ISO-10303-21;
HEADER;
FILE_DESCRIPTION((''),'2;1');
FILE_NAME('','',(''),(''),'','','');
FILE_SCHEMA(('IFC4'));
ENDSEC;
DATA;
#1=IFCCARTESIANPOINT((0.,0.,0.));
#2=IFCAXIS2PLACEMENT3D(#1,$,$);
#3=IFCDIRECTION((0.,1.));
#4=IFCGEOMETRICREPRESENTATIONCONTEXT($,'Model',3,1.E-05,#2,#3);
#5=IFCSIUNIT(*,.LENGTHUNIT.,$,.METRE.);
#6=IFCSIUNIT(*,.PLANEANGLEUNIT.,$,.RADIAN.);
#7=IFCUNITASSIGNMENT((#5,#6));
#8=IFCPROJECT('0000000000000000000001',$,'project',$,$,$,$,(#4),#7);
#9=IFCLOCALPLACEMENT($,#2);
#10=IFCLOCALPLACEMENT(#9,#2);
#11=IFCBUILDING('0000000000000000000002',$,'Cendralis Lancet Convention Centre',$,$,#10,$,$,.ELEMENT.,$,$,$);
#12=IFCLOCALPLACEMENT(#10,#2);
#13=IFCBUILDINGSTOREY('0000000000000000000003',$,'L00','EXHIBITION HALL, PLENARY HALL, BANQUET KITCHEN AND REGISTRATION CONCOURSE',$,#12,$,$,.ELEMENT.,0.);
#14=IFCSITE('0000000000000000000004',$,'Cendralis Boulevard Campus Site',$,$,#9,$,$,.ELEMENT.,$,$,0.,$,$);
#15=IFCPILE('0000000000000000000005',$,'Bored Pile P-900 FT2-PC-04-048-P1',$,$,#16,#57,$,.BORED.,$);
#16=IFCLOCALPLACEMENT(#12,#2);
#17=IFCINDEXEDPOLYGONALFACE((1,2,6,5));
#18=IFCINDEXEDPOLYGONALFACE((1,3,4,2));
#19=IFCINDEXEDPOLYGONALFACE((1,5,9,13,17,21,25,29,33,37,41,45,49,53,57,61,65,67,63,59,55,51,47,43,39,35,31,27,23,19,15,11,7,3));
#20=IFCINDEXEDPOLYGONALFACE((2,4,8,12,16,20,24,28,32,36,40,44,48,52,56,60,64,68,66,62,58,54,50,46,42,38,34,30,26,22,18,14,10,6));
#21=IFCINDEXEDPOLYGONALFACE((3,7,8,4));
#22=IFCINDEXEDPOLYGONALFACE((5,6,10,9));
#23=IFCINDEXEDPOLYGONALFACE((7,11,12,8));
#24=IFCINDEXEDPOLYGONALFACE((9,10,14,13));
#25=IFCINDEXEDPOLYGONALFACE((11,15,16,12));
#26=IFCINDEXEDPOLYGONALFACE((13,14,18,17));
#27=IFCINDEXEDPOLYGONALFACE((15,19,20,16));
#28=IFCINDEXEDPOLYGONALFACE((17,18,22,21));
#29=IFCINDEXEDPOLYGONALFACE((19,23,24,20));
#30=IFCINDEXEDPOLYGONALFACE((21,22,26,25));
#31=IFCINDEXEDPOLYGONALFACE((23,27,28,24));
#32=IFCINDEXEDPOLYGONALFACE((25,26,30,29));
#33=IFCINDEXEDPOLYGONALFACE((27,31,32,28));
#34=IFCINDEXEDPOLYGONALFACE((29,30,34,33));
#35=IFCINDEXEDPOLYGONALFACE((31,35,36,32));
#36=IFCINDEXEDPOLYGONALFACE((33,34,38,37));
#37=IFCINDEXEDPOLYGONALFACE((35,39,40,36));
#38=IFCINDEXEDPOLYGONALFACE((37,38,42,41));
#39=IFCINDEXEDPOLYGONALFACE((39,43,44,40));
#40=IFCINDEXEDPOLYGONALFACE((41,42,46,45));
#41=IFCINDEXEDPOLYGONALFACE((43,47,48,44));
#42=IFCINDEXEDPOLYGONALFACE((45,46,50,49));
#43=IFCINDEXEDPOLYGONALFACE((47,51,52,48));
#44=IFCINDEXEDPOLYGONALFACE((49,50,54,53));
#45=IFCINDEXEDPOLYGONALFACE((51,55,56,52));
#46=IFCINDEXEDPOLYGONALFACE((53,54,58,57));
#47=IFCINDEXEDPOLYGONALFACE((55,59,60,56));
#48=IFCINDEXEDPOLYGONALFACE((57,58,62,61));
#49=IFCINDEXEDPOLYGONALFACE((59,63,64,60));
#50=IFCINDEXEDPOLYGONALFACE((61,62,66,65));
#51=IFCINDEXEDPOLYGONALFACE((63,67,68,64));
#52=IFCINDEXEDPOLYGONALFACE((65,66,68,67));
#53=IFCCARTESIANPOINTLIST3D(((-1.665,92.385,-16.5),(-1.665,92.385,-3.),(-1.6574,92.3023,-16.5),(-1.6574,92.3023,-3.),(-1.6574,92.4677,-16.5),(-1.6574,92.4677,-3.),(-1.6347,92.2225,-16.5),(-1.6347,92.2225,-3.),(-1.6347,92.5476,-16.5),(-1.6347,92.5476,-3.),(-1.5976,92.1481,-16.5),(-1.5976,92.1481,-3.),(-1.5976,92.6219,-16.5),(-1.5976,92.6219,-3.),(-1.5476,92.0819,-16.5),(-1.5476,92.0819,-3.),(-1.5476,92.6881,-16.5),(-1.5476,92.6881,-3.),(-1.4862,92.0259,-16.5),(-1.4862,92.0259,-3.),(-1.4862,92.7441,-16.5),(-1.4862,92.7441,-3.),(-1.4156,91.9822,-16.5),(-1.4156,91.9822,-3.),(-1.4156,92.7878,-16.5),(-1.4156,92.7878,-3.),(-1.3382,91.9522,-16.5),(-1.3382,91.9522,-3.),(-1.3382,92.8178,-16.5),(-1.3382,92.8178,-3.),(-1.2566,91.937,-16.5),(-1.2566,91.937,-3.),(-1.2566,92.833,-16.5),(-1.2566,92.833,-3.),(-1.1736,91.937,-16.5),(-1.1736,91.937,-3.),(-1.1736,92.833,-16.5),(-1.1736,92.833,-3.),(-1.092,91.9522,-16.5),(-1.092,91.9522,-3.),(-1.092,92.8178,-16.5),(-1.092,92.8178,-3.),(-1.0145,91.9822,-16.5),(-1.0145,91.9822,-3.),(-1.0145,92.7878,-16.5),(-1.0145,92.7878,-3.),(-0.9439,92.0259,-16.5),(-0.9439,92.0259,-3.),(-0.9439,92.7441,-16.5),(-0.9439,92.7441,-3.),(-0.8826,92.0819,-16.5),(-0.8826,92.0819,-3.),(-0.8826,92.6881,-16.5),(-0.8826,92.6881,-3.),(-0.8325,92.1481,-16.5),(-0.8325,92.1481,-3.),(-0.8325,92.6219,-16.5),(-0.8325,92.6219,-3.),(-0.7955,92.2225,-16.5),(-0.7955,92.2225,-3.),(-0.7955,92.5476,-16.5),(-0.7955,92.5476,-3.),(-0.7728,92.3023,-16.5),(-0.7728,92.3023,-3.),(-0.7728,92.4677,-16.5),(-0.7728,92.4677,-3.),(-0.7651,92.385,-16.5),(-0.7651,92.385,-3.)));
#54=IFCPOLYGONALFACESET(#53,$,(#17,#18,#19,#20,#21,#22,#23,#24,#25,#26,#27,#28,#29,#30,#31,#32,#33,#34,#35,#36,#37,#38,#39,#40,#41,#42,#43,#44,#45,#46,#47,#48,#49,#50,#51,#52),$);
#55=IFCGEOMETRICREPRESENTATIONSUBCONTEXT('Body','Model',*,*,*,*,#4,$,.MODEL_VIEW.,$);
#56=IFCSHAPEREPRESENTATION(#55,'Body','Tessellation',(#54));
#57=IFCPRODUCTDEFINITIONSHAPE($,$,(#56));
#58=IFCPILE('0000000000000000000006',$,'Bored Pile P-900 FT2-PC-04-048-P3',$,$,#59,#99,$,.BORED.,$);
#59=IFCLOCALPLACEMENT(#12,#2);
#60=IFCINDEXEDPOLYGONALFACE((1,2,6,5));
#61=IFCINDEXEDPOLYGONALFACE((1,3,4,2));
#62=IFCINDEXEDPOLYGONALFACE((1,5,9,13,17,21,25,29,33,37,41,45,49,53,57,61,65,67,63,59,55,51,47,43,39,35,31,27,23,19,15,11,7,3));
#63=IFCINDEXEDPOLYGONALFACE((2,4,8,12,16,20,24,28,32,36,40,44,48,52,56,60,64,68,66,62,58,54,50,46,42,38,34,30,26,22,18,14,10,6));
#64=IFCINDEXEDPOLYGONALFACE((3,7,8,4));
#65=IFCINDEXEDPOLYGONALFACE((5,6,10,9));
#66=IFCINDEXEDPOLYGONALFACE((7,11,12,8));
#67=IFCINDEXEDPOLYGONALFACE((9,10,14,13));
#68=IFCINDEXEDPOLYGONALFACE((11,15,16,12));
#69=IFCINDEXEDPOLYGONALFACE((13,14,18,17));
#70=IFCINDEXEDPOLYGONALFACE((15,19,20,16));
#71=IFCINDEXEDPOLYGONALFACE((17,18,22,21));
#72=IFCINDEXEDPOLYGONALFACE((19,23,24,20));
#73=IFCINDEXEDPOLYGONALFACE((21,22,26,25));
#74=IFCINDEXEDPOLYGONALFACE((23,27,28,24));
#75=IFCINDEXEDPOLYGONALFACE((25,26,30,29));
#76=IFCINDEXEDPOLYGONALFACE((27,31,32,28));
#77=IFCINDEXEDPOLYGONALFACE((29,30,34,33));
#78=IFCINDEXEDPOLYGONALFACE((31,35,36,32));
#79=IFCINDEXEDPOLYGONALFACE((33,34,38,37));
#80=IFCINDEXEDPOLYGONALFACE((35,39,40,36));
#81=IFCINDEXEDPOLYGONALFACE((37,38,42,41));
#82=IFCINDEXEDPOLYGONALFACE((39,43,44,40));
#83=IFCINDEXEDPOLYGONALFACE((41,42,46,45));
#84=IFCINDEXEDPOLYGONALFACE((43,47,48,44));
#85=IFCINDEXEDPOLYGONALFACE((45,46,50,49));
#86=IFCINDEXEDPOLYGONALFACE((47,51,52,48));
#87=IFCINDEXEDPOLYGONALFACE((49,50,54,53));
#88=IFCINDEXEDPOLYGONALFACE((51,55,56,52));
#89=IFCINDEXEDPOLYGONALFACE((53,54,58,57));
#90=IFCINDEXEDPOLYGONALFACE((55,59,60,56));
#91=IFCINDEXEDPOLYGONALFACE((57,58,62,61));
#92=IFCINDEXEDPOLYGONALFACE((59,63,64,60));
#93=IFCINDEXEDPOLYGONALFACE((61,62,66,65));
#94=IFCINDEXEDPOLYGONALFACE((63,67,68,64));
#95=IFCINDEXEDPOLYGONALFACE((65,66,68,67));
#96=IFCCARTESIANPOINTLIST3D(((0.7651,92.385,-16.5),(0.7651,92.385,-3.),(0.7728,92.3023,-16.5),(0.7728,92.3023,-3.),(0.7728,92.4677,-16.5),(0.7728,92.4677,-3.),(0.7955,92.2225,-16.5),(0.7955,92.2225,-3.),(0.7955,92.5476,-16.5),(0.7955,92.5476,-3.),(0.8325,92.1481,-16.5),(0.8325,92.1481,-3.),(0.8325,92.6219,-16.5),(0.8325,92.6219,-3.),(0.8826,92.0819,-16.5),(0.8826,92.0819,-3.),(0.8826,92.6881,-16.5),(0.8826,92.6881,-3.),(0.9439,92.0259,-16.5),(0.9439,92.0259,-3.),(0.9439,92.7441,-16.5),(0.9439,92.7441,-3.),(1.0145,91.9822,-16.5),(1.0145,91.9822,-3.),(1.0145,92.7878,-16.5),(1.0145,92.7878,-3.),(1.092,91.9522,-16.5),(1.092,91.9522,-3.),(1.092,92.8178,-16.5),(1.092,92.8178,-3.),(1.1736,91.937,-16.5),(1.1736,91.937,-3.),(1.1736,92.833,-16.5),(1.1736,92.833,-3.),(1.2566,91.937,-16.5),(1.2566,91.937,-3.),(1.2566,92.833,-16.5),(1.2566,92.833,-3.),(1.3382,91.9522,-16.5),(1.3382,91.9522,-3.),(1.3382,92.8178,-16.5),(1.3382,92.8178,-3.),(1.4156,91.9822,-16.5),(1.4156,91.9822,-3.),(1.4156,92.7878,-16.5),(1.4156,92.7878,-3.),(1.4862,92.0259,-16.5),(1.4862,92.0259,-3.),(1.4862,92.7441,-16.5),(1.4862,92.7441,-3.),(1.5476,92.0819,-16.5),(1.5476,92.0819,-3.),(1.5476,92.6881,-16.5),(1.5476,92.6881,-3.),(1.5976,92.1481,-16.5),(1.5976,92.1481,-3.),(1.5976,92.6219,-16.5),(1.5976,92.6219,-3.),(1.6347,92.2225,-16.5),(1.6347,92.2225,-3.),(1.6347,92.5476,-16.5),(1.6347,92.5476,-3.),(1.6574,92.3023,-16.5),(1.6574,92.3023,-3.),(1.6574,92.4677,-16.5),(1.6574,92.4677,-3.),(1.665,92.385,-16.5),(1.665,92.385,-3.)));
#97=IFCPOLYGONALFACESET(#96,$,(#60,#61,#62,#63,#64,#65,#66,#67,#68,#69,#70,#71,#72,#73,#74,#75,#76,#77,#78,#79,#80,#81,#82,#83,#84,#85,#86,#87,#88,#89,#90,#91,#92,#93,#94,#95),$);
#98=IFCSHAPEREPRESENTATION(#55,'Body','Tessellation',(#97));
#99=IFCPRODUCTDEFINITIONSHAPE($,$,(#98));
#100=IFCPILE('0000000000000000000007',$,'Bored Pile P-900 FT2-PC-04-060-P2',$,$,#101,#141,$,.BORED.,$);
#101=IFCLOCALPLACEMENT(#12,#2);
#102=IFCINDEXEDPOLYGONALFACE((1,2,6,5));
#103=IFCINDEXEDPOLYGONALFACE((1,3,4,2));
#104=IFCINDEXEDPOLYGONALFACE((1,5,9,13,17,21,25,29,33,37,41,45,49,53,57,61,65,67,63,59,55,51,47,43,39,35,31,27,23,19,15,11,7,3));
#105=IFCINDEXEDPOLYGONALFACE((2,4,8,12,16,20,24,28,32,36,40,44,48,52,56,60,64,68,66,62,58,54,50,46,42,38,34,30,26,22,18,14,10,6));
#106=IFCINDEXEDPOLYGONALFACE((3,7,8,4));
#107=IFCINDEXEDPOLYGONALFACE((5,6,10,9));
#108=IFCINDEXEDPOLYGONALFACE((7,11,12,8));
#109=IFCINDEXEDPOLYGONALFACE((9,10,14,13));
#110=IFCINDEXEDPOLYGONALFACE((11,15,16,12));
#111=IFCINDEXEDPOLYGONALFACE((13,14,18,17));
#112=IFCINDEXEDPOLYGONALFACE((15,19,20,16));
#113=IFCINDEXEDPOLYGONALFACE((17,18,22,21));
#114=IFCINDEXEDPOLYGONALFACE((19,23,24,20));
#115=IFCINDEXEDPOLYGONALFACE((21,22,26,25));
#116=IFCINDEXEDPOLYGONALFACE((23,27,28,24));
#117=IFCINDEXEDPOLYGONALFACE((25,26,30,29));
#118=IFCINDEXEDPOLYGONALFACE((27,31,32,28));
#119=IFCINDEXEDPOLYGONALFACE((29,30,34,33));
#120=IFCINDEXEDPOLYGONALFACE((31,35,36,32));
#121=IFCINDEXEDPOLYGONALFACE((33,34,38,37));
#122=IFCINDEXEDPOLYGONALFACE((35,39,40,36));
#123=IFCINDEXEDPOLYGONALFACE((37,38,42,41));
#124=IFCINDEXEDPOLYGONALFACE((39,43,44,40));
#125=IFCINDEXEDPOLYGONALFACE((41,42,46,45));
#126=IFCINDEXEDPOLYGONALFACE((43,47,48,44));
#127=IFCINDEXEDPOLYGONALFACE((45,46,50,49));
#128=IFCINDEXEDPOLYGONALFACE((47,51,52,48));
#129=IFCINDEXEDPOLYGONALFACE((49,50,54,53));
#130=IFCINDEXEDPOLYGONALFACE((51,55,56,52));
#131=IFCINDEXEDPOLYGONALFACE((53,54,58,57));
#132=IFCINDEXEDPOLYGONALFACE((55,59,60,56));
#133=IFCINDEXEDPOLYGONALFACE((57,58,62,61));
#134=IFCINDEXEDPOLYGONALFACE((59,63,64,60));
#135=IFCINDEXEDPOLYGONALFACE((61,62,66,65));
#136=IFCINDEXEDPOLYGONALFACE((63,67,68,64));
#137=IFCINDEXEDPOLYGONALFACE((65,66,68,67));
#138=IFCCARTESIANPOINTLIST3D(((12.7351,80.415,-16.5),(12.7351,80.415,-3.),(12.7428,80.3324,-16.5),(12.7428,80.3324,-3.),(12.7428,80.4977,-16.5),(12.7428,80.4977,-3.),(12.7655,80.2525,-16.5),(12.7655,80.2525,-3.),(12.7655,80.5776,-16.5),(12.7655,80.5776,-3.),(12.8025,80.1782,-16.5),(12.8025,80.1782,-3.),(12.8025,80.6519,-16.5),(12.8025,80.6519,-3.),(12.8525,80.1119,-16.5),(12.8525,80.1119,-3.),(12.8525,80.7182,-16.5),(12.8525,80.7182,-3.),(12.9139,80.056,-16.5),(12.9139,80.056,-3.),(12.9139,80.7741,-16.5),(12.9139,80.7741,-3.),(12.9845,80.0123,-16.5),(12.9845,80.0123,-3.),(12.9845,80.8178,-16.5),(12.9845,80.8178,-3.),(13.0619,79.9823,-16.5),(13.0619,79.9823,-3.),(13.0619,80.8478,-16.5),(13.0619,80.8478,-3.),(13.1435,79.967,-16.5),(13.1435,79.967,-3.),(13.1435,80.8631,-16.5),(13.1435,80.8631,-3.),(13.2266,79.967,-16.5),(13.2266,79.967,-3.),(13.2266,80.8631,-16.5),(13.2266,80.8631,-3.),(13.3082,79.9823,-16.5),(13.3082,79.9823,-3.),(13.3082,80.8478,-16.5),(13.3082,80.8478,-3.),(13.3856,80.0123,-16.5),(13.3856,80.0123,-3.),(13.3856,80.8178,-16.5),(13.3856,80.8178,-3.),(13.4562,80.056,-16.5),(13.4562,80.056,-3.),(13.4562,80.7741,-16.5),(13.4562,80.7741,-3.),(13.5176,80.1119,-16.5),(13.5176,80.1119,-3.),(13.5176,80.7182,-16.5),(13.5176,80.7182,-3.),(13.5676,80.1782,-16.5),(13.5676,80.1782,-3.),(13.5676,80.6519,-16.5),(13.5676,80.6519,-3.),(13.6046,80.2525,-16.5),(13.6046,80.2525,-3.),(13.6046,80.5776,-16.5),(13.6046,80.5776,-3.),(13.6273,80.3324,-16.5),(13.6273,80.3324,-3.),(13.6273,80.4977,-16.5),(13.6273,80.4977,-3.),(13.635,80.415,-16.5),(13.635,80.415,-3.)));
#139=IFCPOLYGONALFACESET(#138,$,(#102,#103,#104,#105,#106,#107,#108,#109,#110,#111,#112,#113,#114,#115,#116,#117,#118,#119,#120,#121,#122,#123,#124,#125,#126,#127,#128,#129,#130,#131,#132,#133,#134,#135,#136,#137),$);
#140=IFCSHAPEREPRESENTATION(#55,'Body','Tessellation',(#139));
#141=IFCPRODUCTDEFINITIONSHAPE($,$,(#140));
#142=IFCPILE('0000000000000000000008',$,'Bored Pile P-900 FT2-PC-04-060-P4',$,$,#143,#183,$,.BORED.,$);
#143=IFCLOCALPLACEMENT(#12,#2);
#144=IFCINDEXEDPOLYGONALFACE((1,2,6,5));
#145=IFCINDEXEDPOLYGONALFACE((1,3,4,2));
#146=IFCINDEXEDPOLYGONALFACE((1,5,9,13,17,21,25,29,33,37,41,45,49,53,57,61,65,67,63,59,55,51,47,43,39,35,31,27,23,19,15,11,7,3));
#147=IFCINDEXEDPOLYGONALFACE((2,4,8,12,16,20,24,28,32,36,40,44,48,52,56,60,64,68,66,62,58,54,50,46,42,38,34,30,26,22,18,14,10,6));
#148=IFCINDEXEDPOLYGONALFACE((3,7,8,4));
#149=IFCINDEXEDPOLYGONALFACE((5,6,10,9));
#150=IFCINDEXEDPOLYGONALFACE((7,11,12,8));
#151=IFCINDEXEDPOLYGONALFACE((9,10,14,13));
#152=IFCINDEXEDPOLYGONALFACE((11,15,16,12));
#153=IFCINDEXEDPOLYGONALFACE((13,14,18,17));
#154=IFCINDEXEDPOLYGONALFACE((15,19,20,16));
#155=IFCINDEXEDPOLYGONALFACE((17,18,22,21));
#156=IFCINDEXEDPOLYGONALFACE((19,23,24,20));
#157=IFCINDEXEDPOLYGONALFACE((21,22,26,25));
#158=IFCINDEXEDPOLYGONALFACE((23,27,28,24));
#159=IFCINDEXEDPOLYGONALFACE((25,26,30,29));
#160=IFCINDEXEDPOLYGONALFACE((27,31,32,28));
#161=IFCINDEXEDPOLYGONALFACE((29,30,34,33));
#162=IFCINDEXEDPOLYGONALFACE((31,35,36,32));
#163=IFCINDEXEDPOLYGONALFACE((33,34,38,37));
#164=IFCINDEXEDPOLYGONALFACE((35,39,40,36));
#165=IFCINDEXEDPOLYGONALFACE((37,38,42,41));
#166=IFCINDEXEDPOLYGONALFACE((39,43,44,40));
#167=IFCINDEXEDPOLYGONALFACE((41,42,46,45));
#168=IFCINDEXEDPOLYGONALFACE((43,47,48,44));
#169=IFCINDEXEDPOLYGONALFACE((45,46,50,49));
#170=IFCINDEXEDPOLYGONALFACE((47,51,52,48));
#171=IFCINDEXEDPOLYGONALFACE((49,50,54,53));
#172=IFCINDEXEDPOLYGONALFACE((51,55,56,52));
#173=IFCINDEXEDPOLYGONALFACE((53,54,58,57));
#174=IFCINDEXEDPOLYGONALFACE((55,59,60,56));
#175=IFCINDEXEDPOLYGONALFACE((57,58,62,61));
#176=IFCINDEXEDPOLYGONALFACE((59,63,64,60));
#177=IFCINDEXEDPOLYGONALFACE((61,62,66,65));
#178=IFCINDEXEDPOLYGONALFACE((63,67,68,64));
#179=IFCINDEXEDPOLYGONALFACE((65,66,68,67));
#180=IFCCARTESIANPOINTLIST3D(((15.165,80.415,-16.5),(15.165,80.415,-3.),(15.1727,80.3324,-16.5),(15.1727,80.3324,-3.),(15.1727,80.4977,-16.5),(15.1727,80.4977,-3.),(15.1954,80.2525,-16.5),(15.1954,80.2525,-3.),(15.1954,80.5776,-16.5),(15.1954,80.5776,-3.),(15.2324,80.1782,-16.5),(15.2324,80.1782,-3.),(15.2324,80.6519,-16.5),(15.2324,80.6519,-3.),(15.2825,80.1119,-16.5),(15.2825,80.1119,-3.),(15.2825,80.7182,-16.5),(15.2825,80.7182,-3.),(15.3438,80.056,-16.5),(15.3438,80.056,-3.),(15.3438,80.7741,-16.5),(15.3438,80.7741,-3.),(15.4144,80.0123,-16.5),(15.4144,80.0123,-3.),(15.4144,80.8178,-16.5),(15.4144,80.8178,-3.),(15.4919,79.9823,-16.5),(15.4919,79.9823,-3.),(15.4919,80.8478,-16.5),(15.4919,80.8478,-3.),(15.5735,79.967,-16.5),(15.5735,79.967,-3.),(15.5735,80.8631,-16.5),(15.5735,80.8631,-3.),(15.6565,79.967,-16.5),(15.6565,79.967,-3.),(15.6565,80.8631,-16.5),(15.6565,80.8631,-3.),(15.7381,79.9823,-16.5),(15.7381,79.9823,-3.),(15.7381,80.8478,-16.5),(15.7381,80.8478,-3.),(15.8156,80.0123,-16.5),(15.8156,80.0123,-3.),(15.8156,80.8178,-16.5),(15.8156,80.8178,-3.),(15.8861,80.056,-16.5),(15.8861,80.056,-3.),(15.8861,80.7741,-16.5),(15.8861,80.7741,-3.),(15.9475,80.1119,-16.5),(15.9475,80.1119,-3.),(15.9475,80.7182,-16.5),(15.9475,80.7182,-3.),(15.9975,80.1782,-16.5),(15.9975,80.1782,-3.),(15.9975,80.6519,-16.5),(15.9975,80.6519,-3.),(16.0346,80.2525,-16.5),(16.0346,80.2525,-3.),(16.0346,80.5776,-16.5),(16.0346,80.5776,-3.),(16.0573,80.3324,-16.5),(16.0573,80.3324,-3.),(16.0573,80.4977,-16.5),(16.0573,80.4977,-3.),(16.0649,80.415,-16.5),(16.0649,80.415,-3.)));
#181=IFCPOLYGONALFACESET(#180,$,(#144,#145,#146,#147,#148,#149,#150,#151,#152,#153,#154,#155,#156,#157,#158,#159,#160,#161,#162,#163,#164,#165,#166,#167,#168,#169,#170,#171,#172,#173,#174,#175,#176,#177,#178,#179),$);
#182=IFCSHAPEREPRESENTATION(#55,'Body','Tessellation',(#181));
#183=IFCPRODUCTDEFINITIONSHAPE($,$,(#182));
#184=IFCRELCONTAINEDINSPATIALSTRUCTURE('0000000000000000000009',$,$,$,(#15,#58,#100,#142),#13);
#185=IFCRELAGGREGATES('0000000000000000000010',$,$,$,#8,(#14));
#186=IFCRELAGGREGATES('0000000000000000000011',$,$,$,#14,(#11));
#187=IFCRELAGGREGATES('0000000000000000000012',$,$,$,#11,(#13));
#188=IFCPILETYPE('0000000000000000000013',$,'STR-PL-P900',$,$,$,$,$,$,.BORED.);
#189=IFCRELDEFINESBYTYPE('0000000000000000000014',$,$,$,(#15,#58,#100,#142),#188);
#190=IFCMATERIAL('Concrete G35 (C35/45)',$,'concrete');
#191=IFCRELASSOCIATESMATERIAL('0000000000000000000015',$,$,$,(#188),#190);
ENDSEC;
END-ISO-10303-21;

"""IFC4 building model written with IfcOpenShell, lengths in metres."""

from ifc_helpers import new_model, si_unit, direction, frame, origin, origin_2d, place, context, subcontext, project, spatial, circle, extrude, material, material_profile, profile_set, type_object, element, save


model = new_model("IFC4")

# Units and contexts
model_context = context("Model", 3, precision=1e-05, world=origin(), true_north=direction((0.0, 1.0)))
body_context = subcontext(model_context, "Body", "Model", "MODEL_VIEW")
ifc_project = project(units=[si_unit("LENGTHUNIT", "METRE"), si_unit("PLANEANGLEUNIT", "RADIAN")], contexts=[model_context])

# Site, building, storey
site_placement = place(None, origin())
site = spatial("IfcSite", under=ifc_project, at=site_placement, Name="Cendralis Boulevard Campus Site", CompositionType="ELEMENT", RefElevation=0.0)
building_placement = place(site_placement, origin())
building = spatial("IfcBuilding", under=site, at=building_placement, Name="Cendralis Lancet Convention Centre", CompositionType="ELEMENT")
storey_placement = place(building_placement, origin())
storey = spatial("IfcBuildingStorey", under=building, at=storey_placement, Name="L00", Description="EXHIBITION HALL, PLENARY HALL, BANQUET KITCHEN AND REGISTRATION CONCOURSE", CompositionType="ELEMENT", Elevation=0.0)

# Shared definitions
ifc_material_1 = material(Name="Concrete G35 (C35/45)", Category="concrete")

# Piles
ifc_material_profile_1 = material_profile(ifc_material_1, circle(Radius=0.45, at=origin_2d()), Name="BORED PILE D900")
ifc_profile_set_1 = profile_set([ifc_material_profile_1], Name="Concrete G35 (C35/45)")
pile_type = type_object("IfcPileType", Name="STR-PL-P900", PredefinedType="BORED", material=ifc_profile_set_1)
for number, where, z_axis, x_axis, name in (
    (1, (-1.2151, 92.385, -3.0), (0.0, 0.0, -1.0), (1.0, 0.0, 0.0), "Bored Pile P-900 FT2-PC-04-048-P1"),
    (2, (1.2151, 92.385, -3.0), (0.0, 0.0, -1.0), (1.0, 0.0, 0.0), "Bored Pile P-900 FT2-PC-04-048-P3"),
    (3, (13.1851, 80.415, -3.0), (0.0, 0.0, -1.0), (1.0, 0.0, 0.0), "Bored Pile P-900 FT2-PC-04-060-P2"),
    (4, (15.615, 80.415, -3.0), (0.0, 0.0, -1.0), (1.0, 0.0, 0.0), "Bored Pile P-900 FT2-PC-04-060-P4"),
):
    element("IfcPile", number, at=place(storey_placement, frame(where, z_axis=z_axis, x_axis=x_axis)), inside=storey, type_object=pile_type, Name=name, PredefinedType="BORED", context=body_context, shape_type="SweptSolid", body=[
        extrude(circle(Radius=0.45, at=origin_2d()), origin(), (0.0, 0.0, 1.0), 13.5),
    ])

save(model, "model.ifc")
